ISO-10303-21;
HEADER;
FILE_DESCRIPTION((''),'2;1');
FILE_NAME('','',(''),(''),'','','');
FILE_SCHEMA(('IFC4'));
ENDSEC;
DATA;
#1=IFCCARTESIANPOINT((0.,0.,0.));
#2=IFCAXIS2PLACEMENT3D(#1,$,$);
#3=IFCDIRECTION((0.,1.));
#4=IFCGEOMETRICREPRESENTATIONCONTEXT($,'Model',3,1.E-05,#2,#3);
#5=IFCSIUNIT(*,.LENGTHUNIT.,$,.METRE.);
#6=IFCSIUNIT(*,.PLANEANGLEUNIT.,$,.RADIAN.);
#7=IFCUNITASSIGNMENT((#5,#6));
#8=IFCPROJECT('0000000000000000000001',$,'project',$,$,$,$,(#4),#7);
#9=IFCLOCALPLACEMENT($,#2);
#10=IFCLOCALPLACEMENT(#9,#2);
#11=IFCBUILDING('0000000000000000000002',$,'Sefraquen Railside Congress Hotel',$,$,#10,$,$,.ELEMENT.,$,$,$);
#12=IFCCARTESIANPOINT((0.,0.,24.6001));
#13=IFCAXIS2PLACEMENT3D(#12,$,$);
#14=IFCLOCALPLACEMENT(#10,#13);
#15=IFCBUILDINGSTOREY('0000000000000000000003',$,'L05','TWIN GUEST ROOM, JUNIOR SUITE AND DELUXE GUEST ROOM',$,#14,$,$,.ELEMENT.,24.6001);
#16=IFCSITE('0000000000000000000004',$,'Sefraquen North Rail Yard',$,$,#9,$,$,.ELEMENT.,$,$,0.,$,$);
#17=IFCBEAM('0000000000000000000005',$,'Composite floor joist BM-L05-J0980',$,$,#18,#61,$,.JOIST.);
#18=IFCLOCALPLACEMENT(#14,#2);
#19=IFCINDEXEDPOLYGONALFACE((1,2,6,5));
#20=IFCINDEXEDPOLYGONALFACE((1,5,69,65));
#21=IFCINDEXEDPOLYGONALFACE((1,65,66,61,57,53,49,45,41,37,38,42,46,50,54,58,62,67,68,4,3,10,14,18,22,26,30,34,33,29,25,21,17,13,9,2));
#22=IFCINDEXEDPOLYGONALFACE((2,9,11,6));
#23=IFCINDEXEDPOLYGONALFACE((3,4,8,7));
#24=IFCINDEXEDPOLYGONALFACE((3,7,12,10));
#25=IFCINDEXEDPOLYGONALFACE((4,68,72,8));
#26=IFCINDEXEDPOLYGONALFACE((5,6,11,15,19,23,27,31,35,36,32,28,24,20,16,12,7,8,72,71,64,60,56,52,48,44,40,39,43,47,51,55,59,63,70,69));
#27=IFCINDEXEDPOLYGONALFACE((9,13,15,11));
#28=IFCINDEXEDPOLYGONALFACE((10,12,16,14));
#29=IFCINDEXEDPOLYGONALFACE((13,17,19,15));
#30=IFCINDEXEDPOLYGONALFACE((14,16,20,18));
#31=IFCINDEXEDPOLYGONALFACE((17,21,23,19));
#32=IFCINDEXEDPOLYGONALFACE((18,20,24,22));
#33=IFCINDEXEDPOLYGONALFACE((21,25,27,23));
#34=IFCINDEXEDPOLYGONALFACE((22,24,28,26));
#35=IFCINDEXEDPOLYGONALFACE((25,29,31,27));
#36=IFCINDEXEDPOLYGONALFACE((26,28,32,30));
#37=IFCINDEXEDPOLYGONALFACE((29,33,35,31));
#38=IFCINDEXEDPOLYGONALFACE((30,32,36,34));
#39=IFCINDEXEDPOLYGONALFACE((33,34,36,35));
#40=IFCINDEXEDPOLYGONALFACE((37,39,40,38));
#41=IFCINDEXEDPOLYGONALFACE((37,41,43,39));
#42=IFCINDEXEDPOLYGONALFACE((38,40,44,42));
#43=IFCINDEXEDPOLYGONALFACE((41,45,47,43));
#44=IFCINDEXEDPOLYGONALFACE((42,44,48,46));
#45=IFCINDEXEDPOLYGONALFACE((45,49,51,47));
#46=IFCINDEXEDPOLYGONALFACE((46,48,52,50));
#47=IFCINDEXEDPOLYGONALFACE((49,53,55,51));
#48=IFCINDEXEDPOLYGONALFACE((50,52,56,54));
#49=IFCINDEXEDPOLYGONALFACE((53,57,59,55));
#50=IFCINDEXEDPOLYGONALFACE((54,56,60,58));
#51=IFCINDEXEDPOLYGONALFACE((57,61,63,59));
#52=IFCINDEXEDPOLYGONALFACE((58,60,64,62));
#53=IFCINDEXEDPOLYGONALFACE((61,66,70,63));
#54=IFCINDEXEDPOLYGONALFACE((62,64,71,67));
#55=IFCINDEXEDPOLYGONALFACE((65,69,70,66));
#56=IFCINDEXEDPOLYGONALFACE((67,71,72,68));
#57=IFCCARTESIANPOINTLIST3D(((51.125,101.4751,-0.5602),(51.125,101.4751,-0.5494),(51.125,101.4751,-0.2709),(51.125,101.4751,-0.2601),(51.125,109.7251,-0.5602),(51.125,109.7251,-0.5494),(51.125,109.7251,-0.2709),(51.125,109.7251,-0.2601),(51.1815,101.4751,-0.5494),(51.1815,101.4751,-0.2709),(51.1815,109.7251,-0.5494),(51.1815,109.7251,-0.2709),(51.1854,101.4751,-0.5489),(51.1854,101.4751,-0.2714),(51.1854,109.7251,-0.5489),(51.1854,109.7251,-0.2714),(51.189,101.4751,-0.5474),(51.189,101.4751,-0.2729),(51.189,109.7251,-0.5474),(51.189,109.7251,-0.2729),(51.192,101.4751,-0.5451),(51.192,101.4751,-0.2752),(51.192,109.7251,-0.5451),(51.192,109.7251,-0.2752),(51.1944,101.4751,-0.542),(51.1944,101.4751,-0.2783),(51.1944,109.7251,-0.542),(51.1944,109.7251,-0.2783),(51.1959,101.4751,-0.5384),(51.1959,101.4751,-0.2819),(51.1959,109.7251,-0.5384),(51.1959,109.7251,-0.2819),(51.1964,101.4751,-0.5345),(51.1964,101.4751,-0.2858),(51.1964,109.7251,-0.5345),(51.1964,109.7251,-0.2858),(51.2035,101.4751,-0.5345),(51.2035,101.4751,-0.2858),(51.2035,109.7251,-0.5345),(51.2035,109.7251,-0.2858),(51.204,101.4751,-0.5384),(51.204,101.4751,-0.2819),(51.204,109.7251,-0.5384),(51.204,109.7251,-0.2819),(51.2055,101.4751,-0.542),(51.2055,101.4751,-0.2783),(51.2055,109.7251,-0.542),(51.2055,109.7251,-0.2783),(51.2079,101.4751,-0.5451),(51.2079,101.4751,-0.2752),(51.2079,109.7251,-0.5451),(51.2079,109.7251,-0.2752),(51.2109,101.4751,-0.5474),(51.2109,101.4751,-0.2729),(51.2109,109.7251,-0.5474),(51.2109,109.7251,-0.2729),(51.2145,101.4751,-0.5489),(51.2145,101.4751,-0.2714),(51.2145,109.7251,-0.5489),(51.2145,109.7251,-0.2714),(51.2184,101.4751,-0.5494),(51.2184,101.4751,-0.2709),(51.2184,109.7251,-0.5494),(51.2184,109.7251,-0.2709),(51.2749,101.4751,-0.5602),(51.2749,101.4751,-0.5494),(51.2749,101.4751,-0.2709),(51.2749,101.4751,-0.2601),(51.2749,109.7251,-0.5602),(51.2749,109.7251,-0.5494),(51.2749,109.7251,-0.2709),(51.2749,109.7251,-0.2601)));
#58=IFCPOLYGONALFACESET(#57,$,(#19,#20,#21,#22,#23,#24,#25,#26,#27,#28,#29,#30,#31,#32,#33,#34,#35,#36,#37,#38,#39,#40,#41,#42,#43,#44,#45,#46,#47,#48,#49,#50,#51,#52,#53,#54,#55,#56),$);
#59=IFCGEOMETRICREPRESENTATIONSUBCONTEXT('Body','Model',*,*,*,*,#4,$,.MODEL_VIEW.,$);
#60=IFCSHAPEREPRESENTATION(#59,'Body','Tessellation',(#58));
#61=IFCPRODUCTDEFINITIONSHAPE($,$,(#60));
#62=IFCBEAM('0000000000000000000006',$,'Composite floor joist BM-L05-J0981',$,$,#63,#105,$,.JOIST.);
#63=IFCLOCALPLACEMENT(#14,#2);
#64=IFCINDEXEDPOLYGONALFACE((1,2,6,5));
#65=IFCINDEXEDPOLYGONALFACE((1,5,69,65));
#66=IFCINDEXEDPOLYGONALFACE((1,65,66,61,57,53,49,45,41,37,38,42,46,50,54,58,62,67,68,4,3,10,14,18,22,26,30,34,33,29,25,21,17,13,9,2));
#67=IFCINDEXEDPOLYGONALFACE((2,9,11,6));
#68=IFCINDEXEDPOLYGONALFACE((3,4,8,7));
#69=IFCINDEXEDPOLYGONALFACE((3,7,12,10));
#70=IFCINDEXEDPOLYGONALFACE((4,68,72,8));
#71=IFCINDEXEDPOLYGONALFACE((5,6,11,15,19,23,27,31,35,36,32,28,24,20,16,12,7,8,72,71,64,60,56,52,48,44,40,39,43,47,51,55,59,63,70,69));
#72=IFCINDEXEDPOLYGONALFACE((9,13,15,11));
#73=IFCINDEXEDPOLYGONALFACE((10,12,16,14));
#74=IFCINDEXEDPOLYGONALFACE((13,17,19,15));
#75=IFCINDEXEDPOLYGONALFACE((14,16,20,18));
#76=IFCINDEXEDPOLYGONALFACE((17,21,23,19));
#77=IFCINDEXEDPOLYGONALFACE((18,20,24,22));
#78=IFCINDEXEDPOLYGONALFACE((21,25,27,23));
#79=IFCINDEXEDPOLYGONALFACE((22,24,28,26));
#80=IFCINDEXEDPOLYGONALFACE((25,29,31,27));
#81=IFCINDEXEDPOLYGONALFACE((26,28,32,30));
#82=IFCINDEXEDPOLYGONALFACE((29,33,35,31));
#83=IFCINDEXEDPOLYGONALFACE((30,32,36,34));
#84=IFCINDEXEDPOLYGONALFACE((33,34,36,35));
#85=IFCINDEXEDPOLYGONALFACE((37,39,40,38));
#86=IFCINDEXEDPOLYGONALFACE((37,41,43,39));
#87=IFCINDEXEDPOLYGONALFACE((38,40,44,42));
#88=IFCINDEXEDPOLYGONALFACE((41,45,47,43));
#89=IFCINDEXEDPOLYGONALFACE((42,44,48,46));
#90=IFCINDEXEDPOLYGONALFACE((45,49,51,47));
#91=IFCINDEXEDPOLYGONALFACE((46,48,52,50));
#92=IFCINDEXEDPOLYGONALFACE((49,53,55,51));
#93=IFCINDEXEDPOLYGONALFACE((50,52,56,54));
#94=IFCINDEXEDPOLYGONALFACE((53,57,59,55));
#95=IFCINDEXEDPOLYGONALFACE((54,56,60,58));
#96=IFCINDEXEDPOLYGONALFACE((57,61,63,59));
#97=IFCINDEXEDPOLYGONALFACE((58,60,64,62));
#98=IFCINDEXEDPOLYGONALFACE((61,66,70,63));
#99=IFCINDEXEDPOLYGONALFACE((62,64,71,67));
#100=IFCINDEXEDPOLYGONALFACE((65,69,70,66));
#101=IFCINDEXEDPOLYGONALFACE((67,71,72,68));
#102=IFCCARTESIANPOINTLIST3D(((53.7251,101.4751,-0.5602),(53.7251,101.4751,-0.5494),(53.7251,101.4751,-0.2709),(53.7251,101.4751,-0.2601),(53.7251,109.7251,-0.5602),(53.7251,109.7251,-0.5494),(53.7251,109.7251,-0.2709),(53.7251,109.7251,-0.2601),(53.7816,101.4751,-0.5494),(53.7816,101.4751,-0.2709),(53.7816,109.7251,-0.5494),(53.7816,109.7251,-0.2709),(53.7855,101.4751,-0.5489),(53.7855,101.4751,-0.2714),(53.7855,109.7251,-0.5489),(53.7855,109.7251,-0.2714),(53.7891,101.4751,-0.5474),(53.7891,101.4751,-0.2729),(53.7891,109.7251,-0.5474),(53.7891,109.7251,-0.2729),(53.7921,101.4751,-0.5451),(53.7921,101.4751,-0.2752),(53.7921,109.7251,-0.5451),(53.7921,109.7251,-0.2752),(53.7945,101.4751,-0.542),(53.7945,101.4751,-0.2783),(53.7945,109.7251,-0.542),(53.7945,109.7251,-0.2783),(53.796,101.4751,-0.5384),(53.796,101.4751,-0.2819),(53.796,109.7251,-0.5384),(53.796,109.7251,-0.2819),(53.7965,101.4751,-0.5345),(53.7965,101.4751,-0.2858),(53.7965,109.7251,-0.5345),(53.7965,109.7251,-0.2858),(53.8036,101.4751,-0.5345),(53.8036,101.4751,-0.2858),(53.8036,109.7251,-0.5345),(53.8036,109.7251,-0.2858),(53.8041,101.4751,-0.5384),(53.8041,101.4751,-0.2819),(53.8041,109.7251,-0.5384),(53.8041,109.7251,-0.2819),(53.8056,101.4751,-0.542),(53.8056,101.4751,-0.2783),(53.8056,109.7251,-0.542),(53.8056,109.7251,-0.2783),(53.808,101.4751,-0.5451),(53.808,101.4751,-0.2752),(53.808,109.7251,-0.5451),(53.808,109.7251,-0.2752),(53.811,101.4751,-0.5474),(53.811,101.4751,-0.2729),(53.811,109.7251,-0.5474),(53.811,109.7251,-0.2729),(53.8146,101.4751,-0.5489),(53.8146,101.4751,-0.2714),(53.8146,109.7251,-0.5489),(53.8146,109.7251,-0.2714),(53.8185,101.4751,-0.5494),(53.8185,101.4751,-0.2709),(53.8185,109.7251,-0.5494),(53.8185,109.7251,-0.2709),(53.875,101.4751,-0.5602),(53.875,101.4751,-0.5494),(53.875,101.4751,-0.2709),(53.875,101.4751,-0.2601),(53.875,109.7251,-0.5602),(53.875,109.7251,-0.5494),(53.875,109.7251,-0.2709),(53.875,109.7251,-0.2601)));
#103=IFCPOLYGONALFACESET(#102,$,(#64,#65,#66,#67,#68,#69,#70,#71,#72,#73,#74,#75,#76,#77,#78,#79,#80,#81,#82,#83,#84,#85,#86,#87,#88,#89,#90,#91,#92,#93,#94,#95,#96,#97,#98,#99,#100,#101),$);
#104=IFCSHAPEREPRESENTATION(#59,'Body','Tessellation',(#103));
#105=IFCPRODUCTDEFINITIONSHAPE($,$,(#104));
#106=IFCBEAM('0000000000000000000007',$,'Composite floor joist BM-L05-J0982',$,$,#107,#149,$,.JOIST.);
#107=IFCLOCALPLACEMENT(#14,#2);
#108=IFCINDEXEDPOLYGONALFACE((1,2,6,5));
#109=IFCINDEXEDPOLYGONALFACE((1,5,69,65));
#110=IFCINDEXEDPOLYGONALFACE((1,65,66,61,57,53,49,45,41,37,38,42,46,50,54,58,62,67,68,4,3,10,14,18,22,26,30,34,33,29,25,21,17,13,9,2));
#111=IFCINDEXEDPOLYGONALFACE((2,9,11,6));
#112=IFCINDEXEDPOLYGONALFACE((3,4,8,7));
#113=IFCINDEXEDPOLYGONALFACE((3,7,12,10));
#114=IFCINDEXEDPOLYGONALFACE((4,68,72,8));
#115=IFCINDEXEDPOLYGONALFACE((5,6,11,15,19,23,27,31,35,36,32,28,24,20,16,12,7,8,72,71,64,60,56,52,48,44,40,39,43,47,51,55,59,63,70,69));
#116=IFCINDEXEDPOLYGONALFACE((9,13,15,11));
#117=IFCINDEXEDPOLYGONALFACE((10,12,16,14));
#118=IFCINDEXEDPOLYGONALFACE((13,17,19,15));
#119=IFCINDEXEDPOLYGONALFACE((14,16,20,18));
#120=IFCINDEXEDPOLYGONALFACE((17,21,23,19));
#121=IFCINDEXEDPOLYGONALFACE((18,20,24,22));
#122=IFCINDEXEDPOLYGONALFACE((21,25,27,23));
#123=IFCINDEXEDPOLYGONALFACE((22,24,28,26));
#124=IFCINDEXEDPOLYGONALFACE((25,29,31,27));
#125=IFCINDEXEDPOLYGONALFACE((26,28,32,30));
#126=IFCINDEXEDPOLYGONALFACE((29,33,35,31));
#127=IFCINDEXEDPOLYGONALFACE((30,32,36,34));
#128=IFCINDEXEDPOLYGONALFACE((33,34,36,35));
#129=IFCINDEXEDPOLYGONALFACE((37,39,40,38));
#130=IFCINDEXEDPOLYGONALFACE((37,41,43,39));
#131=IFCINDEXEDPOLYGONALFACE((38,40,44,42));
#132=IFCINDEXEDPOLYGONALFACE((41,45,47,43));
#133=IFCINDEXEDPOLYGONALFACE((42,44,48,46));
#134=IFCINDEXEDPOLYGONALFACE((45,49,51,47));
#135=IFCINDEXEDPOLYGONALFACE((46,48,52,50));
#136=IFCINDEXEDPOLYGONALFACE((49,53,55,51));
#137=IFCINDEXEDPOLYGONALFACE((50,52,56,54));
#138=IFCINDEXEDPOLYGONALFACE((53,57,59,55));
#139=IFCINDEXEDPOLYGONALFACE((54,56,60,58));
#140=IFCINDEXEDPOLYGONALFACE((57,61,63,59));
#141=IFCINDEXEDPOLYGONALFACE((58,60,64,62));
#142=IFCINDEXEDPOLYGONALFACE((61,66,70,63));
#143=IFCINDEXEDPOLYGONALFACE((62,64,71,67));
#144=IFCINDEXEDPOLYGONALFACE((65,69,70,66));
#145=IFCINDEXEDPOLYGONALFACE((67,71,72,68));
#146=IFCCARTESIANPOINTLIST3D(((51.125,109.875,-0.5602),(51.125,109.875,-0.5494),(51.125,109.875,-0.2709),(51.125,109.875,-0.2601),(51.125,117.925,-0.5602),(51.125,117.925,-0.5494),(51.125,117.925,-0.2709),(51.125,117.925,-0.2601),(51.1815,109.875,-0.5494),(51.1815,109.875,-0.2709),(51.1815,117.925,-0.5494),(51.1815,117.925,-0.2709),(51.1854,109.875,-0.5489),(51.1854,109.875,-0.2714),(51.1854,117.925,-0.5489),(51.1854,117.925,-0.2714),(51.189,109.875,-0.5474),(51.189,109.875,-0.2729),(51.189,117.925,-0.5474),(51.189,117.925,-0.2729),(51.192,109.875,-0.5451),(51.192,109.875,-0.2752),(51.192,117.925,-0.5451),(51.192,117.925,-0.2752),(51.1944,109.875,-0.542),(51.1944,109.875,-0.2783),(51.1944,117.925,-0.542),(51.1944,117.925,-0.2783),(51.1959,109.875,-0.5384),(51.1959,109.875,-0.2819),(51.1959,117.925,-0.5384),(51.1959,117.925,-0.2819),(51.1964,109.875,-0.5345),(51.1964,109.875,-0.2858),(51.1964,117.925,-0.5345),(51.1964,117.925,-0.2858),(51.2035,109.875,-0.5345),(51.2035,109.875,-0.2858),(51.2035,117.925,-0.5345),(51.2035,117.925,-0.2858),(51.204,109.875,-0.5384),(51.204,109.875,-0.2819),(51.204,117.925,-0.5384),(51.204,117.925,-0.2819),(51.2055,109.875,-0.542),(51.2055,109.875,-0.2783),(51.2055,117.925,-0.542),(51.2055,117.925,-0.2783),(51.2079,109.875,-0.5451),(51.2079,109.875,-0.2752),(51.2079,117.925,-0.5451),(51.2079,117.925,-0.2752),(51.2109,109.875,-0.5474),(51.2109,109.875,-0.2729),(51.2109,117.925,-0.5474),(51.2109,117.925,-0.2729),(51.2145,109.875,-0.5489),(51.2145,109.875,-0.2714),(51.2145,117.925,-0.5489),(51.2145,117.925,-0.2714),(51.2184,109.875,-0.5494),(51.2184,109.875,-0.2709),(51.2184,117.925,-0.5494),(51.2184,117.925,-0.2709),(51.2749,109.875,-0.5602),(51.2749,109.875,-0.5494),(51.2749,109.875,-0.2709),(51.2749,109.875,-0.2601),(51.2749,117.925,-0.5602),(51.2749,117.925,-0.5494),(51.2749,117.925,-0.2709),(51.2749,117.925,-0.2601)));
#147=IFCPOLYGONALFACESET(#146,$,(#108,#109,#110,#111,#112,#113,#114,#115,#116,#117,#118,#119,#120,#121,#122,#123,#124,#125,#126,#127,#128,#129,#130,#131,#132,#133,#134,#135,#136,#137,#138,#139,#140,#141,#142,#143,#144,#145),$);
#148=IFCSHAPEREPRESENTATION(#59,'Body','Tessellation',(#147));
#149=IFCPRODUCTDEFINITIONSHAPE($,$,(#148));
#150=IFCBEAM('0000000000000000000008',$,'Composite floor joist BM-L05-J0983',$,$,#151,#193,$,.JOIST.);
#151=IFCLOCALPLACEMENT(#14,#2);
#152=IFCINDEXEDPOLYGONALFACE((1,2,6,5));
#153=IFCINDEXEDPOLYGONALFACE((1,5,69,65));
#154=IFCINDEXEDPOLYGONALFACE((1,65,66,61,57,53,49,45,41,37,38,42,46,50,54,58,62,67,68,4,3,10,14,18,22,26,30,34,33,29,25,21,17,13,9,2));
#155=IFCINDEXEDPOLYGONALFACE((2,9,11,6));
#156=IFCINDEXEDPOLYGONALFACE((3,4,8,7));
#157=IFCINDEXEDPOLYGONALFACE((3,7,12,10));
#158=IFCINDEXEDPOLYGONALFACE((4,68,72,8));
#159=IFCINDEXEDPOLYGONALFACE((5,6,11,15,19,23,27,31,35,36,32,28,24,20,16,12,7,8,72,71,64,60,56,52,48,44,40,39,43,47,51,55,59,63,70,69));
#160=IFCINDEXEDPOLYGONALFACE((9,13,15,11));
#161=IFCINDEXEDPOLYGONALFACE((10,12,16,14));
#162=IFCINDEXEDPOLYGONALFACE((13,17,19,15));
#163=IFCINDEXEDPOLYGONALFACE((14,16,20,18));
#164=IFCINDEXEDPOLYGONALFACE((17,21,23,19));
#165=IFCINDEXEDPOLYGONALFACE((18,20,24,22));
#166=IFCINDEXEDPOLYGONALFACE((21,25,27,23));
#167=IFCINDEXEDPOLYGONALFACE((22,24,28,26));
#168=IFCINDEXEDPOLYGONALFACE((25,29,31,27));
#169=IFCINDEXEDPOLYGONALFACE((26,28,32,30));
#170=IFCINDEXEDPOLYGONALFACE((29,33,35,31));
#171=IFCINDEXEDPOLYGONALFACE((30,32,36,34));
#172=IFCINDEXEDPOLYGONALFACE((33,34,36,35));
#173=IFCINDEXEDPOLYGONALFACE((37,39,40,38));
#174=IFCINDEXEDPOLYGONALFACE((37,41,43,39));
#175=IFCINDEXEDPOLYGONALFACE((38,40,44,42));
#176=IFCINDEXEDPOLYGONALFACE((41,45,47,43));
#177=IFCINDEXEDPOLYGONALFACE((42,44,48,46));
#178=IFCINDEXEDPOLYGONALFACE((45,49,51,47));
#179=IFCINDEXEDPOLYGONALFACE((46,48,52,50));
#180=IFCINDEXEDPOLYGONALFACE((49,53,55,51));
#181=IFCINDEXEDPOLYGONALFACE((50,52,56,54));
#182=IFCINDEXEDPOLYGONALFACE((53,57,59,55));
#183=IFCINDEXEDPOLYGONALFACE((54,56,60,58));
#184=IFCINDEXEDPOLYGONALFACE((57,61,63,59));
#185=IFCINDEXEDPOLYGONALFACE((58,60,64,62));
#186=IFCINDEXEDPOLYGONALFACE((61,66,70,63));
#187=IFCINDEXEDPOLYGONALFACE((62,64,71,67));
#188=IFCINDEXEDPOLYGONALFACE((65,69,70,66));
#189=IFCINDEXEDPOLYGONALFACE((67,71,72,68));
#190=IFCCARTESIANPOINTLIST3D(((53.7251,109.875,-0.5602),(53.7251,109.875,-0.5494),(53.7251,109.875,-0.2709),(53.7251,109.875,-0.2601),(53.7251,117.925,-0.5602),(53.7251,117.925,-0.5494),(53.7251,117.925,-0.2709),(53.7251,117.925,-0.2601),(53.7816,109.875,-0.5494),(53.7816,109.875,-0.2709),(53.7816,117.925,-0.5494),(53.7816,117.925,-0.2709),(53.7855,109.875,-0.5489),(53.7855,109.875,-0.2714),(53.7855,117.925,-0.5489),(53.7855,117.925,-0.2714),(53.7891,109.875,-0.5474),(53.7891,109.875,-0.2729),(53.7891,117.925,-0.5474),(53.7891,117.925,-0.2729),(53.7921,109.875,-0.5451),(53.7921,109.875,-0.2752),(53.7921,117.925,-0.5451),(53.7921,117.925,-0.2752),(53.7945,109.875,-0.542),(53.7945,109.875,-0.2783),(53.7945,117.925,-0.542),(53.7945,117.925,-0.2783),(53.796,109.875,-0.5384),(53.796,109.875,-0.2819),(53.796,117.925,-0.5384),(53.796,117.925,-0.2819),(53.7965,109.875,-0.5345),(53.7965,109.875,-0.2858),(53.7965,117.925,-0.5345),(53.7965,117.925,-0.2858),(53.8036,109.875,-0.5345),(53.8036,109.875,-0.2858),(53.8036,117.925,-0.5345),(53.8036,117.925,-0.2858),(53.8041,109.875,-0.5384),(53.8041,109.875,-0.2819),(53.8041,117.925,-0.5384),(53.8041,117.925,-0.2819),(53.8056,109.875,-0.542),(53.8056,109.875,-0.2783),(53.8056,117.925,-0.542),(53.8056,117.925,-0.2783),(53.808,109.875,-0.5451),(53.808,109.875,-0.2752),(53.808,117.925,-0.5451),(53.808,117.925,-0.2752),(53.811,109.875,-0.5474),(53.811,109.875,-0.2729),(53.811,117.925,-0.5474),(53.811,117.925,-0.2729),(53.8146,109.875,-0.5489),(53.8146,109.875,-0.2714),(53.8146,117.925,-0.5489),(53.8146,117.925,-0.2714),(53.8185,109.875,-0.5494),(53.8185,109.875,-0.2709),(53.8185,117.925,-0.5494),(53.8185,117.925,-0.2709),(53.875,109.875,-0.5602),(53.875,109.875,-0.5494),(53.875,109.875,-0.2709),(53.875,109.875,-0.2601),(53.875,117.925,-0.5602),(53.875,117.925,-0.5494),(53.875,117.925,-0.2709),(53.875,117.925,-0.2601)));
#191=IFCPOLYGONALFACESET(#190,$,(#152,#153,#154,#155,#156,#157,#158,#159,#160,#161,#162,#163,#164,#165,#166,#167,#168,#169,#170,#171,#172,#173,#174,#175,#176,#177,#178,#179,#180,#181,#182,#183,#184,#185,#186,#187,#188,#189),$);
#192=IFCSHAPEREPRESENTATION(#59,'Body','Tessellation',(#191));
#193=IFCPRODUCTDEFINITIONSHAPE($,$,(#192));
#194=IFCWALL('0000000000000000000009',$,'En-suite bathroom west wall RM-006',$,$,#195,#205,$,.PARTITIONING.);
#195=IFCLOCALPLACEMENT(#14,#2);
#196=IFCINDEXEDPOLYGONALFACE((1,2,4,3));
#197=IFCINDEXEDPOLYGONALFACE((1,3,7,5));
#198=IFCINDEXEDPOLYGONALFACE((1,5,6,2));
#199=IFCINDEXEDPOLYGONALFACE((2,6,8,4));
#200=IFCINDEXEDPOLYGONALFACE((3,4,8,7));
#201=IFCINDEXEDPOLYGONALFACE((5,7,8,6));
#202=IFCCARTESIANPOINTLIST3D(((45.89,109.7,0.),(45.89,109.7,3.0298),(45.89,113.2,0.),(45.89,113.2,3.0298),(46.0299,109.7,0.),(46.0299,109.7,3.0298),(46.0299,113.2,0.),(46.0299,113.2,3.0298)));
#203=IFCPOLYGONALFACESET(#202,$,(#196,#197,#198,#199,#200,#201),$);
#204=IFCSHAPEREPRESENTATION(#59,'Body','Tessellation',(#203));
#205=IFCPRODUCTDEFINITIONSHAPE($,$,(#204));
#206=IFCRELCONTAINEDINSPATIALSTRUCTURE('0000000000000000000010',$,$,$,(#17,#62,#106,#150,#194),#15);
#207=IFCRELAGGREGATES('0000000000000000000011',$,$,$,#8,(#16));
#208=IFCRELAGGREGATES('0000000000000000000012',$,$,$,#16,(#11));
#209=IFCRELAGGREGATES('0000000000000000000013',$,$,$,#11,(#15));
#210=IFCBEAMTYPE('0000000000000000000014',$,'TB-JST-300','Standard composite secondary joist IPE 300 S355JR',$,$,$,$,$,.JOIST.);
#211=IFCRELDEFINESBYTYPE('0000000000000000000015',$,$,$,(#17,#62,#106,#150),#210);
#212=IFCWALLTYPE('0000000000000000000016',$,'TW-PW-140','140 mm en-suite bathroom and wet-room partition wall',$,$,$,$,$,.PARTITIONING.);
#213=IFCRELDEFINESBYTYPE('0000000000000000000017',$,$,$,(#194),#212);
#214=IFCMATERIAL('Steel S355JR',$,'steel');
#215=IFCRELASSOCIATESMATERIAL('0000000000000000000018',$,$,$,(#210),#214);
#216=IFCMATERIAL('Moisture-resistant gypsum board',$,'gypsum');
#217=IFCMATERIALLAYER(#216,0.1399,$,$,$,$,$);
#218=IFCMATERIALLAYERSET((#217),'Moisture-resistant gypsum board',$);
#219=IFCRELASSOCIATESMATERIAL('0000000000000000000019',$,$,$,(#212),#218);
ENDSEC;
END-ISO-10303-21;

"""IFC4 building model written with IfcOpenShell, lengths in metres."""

from ifc_helpers import new_model, si_unit, direction, frame, frame_2d, origin, origin_2d, place, context, subcontext, project, spatial, rectangle, i_section, extrude, material, layer, layer_set, material_profile, profile_set, type_object, element, save


model = new_model("IFC4")

# Units and contexts
model_context = context("Model", 3, precision=1e-05, world=origin(), true_north=direction((0.0, 1.0)))
body_context = subcontext(model_context, "Body", "Model", "MODEL_VIEW")
ifc_project = project(units=[si_unit("LENGTHUNIT", "METRE"), si_unit("PLANEANGLEUNIT", "RADIAN")], contexts=[model_context])

# Site, building, storey
site_placement = place(None, origin())
site = spatial("IfcSite", under=ifc_project, at=site_placement, Name="Sefraquen North Rail Yard", CompositionType="ELEMENT", RefElevation=0.0)
building_placement = place(site_placement, origin())
building = spatial("IfcBuilding", under=site, at=building_placement, Name="Sefraquen Railside Congress Hotel", CompositionType="ELEMENT")
storey_placement = place(building_placement, frame((0.0, 0.0, 24.6001)))
storey = spatial("IfcBuildingStorey", under=building, at=storey_placement, Name="L05", Description="TWIN GUEST ROOM, JUNIOR SUITE AND DELUXE GUEST ROOM", CompositionType="ELEMENT", Elevation=24.6001)

# Shared definitions
ifc_material_1 = material(Name="Steel S355JR", Category="steel")

# Beams
ifc_material_profile_1 = material_profile(ifc_material_1, i_section(OverallWidth=0.1499, OverallDepth=0.3, WebThickness=0.0071, FlangeThickness=0.0107, FilletRadius=0.0149, at=origin_2d()), Name="IPE 300")
ifc_profile_set_1 = profile_set([ifc_material_profile_1], Name="Steel S355JR")
beam_type_1 = type_object("IfcBeamType", Name="TB-JST-300", Description="Standard composite secondary joist IPE 300 S355JR", PredefinedType="JOIST", material=ifc_profile_set_1)
for number, where, z_axis, x_axis, name in (
    (1, (51.2, 101.4751, -0.4102), (0.0, 1.0, 0.0), (-1.0, 0.0, 0.0), "Composite floor joist BM-L05-J0980"),
    (2, (53.8, 101.4751, -0.4102), (0.0, 1.0, 0.0), (-1.0, 0.0, 0.0), "Composite floor joist BM-L05-J0981"),
):
    element("IfcBeam", number, at=place(storey_placement, frame(where, z_axis=z_axis, x_axis=x_axis)), inside=storey, type_object=beam_type_1, Name=name, PredefinedType="JOIST", context=body_context, shape_type="SweptSolid", body=[
        extrude(i_section(OverallWidth=0.1499, OverallDepth=0.3, WebThickness=0.0071, FlangeThickness=0.0107, FilletRadius=0.0149, at=origin_2d()), origin(), (0.0, 0.0, 1.0), 8.25),
    ])
for number, where, z_axis, x_axis, name in (
    (3, (51.2, 109.875, -0.4102), (0.0, 1.0, 0.0), (-1.0, 0.0, 0.0), "Composite floor joist BM-L05-J0982"),
    (4, (53.8, 109.875, -0.4102), (0.0, 1.0, 0.0), (-1.0, 0.0, 0.0), "Composite floor joist BM-L05-J0983"),
):
    element("IfcBeam", number, at=place(storey_placement, frame(where, z_axis=z_axis, x_axis=x_axis)), inside=storey, type_object=beam_type_1, Name=name, PredefinedType="JOIST", context=body_context, shape_type="SweptSolid", body=[
        extrude(i_section(OverallWidth=0.1499, OverallDepth=0.3, WebThickness=0.0071, FlangeThickness=0.0107, FilletRadius=0.0149, at=origin_2d()), origin(), (0.0, 0.0, 1.0), 8.05),
    ])

# Wall
ifc_material_2 = material(Name="Moisture-resistant gypsum board", Category="gypsum")
ifc_layer_1 = layer(ifc_material_2, 0.1399)
ifc_layer_set_1 = layer_set([ifc_layer_1], Name="Moisture-resistant gypsum board")
wall_type_1 = type_object("IfcWallType", Name="TW-PW-140", Description="140 mm en-suite bathroom and wet-room partition wall", PredefinedType="PARTITIONING", material=ifc_layer_set_1)
wall_1_placement = place(storey_placement, frame((45.96, 109.7, 0.0), z_axis=(0.0, 0.0, 1.0), x_axis=(0.0, 1.0, 0.0)))
element("IfcWall", 5, at=wall_1_placement, inside=storey, type_object=wall_type_1, Name="En-suite bathroom west wall RM-006", PredefinedType="PARTITIONING", context=body_context, shape_type="SweptSolid", body=[
    extrude(rectangle(XDim=3.5, YDim=0.1399, at=frame_2d((1.75, 0.0))), origin(), (0.0, 0.0, 1.0), 3.0298),
])

save(model, "model.ifc")
